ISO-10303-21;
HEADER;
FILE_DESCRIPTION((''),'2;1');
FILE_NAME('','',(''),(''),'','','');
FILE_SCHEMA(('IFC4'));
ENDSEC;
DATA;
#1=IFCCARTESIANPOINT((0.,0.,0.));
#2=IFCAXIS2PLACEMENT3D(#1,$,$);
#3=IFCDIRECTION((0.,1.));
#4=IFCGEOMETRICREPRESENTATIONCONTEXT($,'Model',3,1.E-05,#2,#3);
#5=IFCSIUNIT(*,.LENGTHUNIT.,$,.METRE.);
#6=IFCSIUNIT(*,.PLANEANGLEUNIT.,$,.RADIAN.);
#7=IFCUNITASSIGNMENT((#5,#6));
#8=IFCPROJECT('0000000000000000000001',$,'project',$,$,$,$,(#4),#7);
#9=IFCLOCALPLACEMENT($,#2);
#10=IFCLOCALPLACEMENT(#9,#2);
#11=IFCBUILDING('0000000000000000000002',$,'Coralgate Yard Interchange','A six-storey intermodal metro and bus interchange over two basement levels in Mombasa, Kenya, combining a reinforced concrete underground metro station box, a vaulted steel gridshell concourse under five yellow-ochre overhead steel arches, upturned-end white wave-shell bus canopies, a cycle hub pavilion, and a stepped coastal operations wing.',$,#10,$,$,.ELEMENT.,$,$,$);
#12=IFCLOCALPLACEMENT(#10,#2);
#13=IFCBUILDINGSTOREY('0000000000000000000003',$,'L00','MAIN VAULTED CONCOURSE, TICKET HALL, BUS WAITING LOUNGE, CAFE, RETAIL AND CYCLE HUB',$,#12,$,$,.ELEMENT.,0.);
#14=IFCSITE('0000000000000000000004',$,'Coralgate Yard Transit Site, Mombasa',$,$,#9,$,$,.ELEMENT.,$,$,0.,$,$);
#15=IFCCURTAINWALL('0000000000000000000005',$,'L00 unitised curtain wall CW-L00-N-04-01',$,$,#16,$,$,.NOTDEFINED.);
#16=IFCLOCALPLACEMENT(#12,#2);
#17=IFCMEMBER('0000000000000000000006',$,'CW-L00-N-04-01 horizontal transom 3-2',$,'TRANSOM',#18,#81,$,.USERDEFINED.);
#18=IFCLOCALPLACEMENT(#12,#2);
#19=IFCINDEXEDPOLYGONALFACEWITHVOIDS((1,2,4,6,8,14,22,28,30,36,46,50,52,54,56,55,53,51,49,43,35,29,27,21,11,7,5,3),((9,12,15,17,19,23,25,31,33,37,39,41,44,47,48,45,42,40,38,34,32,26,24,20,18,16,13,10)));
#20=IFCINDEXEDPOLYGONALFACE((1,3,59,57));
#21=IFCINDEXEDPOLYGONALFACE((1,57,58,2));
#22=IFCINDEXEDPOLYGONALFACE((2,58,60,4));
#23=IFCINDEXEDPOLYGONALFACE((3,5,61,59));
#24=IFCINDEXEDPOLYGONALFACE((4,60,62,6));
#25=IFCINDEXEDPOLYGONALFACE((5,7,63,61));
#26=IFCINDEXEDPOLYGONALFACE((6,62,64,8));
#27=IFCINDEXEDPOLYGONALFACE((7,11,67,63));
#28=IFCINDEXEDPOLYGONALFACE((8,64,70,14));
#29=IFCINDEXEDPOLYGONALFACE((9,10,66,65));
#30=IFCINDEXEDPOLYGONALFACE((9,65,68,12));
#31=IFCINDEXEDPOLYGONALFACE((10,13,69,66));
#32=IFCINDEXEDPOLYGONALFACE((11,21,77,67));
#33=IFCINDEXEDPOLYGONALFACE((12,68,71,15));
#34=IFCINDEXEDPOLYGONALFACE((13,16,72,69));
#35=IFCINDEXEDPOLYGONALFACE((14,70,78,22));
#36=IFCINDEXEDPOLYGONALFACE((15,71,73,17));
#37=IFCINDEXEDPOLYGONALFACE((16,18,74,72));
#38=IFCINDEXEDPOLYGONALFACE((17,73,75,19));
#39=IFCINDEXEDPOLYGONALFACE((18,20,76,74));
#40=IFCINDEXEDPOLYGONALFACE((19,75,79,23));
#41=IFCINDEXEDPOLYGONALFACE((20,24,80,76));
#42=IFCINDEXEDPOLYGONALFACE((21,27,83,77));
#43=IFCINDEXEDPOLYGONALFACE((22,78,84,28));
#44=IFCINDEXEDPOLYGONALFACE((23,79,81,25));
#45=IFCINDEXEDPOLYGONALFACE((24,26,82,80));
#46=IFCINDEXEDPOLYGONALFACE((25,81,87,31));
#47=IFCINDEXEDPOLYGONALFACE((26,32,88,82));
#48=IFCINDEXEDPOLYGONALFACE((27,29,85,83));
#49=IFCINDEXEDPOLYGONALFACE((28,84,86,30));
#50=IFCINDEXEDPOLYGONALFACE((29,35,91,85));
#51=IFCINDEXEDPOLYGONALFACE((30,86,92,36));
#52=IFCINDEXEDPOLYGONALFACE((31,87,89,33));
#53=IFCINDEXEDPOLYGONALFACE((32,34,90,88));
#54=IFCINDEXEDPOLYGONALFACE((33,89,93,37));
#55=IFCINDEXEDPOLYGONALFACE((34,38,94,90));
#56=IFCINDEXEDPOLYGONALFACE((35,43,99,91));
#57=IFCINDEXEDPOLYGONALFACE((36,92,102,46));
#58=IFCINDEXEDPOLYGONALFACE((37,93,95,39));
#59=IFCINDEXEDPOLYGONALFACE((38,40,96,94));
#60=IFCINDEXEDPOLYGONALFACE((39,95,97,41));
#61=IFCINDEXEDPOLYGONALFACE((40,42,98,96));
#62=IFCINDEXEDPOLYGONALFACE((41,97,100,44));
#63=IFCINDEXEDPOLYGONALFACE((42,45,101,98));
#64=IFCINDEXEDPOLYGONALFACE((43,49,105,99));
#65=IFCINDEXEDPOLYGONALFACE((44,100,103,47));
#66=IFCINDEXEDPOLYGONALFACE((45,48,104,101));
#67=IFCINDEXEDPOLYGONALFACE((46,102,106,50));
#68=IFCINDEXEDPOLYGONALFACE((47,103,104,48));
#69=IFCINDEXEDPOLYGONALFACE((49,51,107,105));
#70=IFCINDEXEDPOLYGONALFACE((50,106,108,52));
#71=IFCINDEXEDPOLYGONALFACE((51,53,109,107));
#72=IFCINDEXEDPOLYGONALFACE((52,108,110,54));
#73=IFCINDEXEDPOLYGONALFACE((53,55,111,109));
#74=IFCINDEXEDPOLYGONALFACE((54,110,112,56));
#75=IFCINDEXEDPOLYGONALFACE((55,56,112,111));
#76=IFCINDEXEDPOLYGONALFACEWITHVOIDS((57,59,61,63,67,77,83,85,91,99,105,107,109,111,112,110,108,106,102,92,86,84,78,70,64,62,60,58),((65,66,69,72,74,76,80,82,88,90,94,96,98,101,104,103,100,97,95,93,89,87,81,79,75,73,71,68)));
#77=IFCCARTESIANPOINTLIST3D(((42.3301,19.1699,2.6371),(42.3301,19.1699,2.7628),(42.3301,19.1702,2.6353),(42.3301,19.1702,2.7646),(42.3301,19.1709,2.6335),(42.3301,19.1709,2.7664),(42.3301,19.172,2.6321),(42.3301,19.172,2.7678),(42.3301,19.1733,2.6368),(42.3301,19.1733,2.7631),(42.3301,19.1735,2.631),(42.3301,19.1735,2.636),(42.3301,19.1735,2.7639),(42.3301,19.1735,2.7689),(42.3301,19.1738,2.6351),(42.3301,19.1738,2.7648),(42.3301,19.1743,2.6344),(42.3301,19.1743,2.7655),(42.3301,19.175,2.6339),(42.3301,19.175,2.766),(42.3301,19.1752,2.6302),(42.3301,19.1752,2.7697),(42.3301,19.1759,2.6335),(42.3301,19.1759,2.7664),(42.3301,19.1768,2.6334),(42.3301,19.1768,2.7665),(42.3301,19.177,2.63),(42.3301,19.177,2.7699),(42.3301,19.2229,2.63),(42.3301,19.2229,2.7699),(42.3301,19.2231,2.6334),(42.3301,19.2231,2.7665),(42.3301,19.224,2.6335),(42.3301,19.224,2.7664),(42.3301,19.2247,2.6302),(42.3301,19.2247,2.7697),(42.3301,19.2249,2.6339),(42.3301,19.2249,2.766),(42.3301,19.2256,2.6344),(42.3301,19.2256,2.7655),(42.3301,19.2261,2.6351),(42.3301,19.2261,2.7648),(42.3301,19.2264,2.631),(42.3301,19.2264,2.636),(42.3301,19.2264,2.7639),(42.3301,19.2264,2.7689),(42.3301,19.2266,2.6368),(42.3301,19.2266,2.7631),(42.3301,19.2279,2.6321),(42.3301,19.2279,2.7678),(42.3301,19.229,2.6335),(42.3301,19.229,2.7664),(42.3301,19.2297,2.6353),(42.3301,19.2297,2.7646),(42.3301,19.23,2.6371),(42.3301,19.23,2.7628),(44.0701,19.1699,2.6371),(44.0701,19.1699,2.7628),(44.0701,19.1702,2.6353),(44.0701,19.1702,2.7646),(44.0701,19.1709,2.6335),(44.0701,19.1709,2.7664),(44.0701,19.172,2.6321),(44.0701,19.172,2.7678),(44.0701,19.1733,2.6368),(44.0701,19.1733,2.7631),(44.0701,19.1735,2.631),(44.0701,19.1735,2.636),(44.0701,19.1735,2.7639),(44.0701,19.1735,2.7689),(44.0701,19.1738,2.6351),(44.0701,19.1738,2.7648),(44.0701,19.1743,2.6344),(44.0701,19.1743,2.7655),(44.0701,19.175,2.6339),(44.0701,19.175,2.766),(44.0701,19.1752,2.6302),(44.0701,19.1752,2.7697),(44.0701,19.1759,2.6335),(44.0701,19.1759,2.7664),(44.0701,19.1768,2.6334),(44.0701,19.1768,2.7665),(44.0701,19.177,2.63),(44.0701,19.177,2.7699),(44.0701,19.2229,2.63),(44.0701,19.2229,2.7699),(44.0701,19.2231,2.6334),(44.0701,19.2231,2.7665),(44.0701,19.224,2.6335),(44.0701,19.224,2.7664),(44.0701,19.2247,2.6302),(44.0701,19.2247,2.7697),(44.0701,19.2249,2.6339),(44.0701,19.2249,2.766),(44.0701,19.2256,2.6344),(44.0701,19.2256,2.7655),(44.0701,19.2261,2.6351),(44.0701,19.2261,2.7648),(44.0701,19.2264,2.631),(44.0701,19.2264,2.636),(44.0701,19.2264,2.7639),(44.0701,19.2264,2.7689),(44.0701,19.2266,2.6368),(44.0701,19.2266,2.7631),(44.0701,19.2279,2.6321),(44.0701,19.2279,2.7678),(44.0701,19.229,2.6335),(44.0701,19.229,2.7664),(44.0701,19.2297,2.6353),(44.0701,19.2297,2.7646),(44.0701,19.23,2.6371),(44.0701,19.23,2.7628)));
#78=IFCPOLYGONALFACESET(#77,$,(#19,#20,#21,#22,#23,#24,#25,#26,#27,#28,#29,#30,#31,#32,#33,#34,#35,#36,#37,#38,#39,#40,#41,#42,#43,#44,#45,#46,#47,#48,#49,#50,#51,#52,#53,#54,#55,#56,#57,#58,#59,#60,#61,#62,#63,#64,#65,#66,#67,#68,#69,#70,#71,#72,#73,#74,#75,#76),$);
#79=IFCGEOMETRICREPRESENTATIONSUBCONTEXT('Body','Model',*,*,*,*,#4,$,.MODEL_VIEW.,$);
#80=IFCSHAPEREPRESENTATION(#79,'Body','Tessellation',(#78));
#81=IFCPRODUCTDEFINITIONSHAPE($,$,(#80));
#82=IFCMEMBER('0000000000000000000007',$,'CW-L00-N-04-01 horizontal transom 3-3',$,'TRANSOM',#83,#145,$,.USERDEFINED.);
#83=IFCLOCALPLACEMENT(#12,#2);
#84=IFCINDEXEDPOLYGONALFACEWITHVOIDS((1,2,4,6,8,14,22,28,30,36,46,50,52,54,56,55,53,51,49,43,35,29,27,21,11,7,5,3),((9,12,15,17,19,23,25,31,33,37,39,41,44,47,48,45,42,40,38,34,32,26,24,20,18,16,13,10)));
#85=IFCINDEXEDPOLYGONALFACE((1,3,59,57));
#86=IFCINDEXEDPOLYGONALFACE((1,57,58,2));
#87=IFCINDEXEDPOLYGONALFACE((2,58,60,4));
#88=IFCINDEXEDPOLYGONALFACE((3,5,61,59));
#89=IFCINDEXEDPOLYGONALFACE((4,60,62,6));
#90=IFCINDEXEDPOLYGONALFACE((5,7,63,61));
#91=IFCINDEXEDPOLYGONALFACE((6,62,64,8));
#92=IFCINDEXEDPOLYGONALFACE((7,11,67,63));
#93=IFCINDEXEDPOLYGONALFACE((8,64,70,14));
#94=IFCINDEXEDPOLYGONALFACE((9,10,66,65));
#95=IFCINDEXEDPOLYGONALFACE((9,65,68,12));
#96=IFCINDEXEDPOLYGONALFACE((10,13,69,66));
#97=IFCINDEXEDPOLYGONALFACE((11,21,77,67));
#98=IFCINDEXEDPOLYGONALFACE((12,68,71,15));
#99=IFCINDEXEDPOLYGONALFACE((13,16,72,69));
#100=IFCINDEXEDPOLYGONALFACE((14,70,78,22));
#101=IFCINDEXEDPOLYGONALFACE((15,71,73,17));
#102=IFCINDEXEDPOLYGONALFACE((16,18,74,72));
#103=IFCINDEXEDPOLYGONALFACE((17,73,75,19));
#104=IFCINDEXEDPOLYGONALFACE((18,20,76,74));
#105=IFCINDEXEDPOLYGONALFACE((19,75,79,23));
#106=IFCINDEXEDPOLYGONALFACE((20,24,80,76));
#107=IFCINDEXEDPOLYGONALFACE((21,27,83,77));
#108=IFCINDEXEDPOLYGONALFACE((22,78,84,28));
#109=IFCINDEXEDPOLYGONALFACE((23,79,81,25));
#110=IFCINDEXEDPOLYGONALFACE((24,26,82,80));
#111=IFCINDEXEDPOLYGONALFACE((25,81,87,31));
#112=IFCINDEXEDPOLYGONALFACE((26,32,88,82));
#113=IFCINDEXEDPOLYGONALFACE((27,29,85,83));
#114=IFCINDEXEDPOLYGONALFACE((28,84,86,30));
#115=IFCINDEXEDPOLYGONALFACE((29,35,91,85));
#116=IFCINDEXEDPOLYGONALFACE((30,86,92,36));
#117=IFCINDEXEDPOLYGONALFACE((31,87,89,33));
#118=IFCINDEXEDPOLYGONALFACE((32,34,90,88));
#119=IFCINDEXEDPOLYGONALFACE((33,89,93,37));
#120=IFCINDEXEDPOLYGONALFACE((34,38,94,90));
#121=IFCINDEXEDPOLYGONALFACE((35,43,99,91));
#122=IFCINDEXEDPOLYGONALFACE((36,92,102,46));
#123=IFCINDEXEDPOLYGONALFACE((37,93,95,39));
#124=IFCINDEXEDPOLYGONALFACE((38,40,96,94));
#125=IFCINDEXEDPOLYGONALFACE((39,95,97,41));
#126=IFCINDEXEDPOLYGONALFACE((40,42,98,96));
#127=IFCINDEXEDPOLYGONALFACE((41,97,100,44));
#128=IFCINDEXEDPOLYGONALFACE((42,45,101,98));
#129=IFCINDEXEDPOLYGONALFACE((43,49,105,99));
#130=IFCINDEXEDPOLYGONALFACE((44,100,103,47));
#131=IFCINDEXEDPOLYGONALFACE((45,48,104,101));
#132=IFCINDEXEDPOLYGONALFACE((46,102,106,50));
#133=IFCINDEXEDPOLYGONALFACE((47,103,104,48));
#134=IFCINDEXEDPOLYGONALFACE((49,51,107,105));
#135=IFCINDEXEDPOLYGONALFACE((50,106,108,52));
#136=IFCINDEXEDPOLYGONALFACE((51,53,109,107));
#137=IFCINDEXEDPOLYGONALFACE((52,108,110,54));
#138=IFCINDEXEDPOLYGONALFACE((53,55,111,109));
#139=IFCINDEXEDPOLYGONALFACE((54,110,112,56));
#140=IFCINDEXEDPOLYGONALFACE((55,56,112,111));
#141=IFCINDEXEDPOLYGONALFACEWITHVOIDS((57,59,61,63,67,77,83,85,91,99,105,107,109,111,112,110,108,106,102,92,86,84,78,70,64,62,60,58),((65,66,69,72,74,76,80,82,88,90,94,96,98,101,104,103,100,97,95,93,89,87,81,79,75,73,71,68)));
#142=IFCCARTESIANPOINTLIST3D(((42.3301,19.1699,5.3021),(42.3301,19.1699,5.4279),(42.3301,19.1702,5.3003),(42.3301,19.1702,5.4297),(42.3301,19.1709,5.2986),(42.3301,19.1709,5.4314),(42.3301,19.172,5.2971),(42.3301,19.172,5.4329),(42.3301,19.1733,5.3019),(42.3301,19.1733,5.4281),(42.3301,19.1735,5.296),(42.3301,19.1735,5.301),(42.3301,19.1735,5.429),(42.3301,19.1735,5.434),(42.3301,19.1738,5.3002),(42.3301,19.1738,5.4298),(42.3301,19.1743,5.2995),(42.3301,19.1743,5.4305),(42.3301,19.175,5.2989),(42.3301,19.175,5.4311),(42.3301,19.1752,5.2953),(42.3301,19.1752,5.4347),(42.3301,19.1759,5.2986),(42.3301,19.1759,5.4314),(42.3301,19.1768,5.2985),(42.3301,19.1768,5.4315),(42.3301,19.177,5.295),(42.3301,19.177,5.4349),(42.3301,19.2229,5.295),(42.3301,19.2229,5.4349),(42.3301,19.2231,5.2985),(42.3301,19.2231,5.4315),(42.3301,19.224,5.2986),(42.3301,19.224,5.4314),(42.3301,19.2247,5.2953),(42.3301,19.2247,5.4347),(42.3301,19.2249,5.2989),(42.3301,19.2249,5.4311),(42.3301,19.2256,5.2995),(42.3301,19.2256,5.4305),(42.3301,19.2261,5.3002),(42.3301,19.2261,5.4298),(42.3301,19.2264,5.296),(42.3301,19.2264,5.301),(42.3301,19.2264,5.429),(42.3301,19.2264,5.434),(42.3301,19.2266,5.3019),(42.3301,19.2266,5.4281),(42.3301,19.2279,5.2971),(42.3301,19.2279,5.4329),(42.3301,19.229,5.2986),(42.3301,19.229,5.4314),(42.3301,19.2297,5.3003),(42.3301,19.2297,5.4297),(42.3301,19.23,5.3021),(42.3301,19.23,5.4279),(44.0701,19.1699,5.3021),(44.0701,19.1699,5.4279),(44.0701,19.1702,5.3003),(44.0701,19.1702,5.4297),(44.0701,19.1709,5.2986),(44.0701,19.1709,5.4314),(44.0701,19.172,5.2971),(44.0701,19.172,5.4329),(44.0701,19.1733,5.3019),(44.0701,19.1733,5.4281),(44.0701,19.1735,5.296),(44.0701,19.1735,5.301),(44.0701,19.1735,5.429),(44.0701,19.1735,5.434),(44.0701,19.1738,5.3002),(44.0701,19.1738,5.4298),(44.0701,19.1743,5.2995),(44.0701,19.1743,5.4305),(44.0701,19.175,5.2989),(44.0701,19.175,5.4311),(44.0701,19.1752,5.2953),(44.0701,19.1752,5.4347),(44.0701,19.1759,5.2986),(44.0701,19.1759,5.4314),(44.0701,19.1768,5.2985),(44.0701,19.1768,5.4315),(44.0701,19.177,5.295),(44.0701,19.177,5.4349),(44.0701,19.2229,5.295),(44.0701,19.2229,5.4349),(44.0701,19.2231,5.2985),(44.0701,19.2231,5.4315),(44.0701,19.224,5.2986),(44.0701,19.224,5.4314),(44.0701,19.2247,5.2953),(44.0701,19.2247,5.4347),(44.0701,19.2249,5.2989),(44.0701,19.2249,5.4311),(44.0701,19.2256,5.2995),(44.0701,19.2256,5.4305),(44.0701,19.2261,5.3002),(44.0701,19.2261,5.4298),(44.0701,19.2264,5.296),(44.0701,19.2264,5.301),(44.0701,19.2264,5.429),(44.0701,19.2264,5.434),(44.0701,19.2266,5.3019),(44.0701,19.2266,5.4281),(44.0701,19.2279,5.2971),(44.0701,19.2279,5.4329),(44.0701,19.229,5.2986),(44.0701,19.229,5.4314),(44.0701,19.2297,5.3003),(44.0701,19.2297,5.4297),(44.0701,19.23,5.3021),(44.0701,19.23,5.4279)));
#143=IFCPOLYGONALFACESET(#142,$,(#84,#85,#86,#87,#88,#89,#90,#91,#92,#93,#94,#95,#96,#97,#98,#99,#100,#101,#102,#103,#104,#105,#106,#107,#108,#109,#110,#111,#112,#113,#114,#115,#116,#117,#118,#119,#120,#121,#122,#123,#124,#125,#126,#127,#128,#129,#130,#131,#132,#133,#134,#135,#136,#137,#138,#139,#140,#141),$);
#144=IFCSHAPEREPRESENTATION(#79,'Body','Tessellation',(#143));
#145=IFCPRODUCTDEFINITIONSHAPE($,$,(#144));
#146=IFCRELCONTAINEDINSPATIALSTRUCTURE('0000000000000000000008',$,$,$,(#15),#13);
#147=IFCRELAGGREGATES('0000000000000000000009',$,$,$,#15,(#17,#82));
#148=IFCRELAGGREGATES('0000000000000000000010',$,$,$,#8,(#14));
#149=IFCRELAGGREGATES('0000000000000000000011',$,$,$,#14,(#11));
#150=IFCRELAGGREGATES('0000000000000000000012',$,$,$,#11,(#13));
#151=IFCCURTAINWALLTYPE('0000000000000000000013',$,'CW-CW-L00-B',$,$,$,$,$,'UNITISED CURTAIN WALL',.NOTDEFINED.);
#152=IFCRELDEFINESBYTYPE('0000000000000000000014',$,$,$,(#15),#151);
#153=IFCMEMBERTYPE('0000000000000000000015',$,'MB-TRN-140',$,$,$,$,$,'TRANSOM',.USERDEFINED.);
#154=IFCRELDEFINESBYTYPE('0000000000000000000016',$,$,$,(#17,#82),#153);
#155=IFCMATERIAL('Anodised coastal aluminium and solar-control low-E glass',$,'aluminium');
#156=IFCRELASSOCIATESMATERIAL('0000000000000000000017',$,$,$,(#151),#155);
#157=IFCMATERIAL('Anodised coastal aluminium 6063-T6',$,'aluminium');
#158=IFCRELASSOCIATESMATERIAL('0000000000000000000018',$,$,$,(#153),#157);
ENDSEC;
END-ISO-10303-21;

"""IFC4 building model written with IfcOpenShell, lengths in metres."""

from ifc_helpers import new_model, si_unit, direction, frame, origin, origin_2d, place, context, subcontext, project, spatial, hollow_rectangle, extrude, material, material_profile, profile_set, type_object, element, aggregate, save


model = new_model("IFC4")

# Units and contexts
model_context = context("Model", 3, precision=1e-05, world=origin(), true_north=direction((0.0, 1.0)))
body_context = subcontext(model_context, "Body", "Model", "MODEL_VIEW")
ifc_project = project(units=[si_unit("LENGTHUNIT", "METRE"), si_unit("PLANEANGLEUNIT", "RADIAN")], contexts=[model_context])

# Site, building, storey
site_placement = place(None, origin())
site = spatial("IfcSite", under=ifc_project, at=site_placement, Name="Coralgate Yard Transit Site, Mombasa", CompositionType="ELEMENT", RefElevation=0.0)
building_placement = place(site_placement, origin())
building = spatial("IfcBuilding", under=site, at=building_placement, Name="Coralgate Yard Interchange", Description="A six-storey intermodal metro and bus interchange over two basement levels in Mombasa, Kenya, combining a reinforced concrete underground metro station box, a vaulted steel gridshell concourse under five yellow-ochre overhead steel arches, upturned-end white wave-shell bus canopies, a cycle hub pavilion, and a stepped coastal operations wing.", CompositionType="ELEMENT")
storey_placement = place(building_placement, origin())
storey = spatial("IfcBuildingStorey", under=building, at=storey_placement, Name="L00", Description="MAIN VAULTED CONCOURSE, TICKET HALL, BUS WAITING LOUNGE, CAFE, RETAIL AND CYCLE HUB", CompositionType="ELEMENT", Elevation=0.0)

# Curtain wall, members
ifc_material_1 = material(Name="Anodised coastal aluminium and solar-control low-E glass", Category="aluminium")
curtain_wall_type = type_object("IfcCurtainWallType", Name="CW-CW-L00-B", ElementType="UNITISED CURTAIN WALL", PredefinedType="NOTDEFINED", material=ifc_material_1)
curtain_wall_placement = place(storey_placement, origin())
curtain_wall = element("IfcCurtainWall", 1, at=curtain_wall_placement, inside=storey, type_object=curtain_wall_type, Name="L00 unitised curtain wall CW-L00-N-04-01", PredefinedType="NOTDEFINED")
ifc_material_2 = material(Name="Anodised coastal aluminium 6063-T6", Category="aluminium")
ifc_material_profile_1 = material_profile(ifc_material_2, hollow_rectangle(XDim=0.0601, YDim=0.1399, WallThickness=0.0034, InnerFilletRadius=0.0034, OuterFilletRadius=0.0071, at=origin_2d()), Name="ALU 60x140x3.5")
ifc_profile_set_1 = profile_set([ifc_material_profile_1], Name="Anodised coastal aluminium 6063-T6")
member_type_1 = type_object("IfcMemberType", Name="MB-TRN-140", ElementType="TRANSOM", PredefinedType="USERDEFINED", material=ifc_profile_set_1)
member_1_placement = place(storey_placement, frame((42.3301, 19.2, 2.7), z_axis=(1.0, 0.0, 0.0), x_axis=(0.0, 1.0, 0.0)))
member_1 = element("IfcMember", 2, at=member_1_placement, type_object=member_type_1, Name="CW-L00-N-04-01 horizontal transom 3-2", ObjectType="TRANSOM", PredefinedType="USERDEFINED", context=body_context, shape_type="SweptSolid", body=[
    extrude(hollow_rectangle(XDim=0.0601, YDim=0.1399, WallThickness=0.0034, InnerFilletRadius=0.0034, OuterFilletRadius=0.0071, at=origin_2d()), origin(), (0.0, 0.0, 1.0), 1.74),
])
member_2_placement = place(storey_placement, frame((42.3301, 19.2, 5.365), z_axis=(1.0, 0.0, 0.0), x_axis=(0.0, 1.0, 0.0)))
member_2 = element("IfcMember", 3, at=member_2_placement, type_object=member_type_1, Name="CW-L00-N-04-01 horizontal transom 3-3", ObjectType="TRANSOM", PredefinedType="USERDEFINED", context=body_context, shape_type="SweptSolid", body=[
    extrude(hollow_rectangle(XDim=0.0601, YDim=0.1399, WallThickness=0.0034, InnerFilletRadius=0.0034, OuterFilletRadius=0.0071, at=origin_2d()), origin(), (0.0, 0.0, 1.0), 1.74),
])
aggregate(curtain_wall, [member_1, member_2])

save(model, "model.ifc")
